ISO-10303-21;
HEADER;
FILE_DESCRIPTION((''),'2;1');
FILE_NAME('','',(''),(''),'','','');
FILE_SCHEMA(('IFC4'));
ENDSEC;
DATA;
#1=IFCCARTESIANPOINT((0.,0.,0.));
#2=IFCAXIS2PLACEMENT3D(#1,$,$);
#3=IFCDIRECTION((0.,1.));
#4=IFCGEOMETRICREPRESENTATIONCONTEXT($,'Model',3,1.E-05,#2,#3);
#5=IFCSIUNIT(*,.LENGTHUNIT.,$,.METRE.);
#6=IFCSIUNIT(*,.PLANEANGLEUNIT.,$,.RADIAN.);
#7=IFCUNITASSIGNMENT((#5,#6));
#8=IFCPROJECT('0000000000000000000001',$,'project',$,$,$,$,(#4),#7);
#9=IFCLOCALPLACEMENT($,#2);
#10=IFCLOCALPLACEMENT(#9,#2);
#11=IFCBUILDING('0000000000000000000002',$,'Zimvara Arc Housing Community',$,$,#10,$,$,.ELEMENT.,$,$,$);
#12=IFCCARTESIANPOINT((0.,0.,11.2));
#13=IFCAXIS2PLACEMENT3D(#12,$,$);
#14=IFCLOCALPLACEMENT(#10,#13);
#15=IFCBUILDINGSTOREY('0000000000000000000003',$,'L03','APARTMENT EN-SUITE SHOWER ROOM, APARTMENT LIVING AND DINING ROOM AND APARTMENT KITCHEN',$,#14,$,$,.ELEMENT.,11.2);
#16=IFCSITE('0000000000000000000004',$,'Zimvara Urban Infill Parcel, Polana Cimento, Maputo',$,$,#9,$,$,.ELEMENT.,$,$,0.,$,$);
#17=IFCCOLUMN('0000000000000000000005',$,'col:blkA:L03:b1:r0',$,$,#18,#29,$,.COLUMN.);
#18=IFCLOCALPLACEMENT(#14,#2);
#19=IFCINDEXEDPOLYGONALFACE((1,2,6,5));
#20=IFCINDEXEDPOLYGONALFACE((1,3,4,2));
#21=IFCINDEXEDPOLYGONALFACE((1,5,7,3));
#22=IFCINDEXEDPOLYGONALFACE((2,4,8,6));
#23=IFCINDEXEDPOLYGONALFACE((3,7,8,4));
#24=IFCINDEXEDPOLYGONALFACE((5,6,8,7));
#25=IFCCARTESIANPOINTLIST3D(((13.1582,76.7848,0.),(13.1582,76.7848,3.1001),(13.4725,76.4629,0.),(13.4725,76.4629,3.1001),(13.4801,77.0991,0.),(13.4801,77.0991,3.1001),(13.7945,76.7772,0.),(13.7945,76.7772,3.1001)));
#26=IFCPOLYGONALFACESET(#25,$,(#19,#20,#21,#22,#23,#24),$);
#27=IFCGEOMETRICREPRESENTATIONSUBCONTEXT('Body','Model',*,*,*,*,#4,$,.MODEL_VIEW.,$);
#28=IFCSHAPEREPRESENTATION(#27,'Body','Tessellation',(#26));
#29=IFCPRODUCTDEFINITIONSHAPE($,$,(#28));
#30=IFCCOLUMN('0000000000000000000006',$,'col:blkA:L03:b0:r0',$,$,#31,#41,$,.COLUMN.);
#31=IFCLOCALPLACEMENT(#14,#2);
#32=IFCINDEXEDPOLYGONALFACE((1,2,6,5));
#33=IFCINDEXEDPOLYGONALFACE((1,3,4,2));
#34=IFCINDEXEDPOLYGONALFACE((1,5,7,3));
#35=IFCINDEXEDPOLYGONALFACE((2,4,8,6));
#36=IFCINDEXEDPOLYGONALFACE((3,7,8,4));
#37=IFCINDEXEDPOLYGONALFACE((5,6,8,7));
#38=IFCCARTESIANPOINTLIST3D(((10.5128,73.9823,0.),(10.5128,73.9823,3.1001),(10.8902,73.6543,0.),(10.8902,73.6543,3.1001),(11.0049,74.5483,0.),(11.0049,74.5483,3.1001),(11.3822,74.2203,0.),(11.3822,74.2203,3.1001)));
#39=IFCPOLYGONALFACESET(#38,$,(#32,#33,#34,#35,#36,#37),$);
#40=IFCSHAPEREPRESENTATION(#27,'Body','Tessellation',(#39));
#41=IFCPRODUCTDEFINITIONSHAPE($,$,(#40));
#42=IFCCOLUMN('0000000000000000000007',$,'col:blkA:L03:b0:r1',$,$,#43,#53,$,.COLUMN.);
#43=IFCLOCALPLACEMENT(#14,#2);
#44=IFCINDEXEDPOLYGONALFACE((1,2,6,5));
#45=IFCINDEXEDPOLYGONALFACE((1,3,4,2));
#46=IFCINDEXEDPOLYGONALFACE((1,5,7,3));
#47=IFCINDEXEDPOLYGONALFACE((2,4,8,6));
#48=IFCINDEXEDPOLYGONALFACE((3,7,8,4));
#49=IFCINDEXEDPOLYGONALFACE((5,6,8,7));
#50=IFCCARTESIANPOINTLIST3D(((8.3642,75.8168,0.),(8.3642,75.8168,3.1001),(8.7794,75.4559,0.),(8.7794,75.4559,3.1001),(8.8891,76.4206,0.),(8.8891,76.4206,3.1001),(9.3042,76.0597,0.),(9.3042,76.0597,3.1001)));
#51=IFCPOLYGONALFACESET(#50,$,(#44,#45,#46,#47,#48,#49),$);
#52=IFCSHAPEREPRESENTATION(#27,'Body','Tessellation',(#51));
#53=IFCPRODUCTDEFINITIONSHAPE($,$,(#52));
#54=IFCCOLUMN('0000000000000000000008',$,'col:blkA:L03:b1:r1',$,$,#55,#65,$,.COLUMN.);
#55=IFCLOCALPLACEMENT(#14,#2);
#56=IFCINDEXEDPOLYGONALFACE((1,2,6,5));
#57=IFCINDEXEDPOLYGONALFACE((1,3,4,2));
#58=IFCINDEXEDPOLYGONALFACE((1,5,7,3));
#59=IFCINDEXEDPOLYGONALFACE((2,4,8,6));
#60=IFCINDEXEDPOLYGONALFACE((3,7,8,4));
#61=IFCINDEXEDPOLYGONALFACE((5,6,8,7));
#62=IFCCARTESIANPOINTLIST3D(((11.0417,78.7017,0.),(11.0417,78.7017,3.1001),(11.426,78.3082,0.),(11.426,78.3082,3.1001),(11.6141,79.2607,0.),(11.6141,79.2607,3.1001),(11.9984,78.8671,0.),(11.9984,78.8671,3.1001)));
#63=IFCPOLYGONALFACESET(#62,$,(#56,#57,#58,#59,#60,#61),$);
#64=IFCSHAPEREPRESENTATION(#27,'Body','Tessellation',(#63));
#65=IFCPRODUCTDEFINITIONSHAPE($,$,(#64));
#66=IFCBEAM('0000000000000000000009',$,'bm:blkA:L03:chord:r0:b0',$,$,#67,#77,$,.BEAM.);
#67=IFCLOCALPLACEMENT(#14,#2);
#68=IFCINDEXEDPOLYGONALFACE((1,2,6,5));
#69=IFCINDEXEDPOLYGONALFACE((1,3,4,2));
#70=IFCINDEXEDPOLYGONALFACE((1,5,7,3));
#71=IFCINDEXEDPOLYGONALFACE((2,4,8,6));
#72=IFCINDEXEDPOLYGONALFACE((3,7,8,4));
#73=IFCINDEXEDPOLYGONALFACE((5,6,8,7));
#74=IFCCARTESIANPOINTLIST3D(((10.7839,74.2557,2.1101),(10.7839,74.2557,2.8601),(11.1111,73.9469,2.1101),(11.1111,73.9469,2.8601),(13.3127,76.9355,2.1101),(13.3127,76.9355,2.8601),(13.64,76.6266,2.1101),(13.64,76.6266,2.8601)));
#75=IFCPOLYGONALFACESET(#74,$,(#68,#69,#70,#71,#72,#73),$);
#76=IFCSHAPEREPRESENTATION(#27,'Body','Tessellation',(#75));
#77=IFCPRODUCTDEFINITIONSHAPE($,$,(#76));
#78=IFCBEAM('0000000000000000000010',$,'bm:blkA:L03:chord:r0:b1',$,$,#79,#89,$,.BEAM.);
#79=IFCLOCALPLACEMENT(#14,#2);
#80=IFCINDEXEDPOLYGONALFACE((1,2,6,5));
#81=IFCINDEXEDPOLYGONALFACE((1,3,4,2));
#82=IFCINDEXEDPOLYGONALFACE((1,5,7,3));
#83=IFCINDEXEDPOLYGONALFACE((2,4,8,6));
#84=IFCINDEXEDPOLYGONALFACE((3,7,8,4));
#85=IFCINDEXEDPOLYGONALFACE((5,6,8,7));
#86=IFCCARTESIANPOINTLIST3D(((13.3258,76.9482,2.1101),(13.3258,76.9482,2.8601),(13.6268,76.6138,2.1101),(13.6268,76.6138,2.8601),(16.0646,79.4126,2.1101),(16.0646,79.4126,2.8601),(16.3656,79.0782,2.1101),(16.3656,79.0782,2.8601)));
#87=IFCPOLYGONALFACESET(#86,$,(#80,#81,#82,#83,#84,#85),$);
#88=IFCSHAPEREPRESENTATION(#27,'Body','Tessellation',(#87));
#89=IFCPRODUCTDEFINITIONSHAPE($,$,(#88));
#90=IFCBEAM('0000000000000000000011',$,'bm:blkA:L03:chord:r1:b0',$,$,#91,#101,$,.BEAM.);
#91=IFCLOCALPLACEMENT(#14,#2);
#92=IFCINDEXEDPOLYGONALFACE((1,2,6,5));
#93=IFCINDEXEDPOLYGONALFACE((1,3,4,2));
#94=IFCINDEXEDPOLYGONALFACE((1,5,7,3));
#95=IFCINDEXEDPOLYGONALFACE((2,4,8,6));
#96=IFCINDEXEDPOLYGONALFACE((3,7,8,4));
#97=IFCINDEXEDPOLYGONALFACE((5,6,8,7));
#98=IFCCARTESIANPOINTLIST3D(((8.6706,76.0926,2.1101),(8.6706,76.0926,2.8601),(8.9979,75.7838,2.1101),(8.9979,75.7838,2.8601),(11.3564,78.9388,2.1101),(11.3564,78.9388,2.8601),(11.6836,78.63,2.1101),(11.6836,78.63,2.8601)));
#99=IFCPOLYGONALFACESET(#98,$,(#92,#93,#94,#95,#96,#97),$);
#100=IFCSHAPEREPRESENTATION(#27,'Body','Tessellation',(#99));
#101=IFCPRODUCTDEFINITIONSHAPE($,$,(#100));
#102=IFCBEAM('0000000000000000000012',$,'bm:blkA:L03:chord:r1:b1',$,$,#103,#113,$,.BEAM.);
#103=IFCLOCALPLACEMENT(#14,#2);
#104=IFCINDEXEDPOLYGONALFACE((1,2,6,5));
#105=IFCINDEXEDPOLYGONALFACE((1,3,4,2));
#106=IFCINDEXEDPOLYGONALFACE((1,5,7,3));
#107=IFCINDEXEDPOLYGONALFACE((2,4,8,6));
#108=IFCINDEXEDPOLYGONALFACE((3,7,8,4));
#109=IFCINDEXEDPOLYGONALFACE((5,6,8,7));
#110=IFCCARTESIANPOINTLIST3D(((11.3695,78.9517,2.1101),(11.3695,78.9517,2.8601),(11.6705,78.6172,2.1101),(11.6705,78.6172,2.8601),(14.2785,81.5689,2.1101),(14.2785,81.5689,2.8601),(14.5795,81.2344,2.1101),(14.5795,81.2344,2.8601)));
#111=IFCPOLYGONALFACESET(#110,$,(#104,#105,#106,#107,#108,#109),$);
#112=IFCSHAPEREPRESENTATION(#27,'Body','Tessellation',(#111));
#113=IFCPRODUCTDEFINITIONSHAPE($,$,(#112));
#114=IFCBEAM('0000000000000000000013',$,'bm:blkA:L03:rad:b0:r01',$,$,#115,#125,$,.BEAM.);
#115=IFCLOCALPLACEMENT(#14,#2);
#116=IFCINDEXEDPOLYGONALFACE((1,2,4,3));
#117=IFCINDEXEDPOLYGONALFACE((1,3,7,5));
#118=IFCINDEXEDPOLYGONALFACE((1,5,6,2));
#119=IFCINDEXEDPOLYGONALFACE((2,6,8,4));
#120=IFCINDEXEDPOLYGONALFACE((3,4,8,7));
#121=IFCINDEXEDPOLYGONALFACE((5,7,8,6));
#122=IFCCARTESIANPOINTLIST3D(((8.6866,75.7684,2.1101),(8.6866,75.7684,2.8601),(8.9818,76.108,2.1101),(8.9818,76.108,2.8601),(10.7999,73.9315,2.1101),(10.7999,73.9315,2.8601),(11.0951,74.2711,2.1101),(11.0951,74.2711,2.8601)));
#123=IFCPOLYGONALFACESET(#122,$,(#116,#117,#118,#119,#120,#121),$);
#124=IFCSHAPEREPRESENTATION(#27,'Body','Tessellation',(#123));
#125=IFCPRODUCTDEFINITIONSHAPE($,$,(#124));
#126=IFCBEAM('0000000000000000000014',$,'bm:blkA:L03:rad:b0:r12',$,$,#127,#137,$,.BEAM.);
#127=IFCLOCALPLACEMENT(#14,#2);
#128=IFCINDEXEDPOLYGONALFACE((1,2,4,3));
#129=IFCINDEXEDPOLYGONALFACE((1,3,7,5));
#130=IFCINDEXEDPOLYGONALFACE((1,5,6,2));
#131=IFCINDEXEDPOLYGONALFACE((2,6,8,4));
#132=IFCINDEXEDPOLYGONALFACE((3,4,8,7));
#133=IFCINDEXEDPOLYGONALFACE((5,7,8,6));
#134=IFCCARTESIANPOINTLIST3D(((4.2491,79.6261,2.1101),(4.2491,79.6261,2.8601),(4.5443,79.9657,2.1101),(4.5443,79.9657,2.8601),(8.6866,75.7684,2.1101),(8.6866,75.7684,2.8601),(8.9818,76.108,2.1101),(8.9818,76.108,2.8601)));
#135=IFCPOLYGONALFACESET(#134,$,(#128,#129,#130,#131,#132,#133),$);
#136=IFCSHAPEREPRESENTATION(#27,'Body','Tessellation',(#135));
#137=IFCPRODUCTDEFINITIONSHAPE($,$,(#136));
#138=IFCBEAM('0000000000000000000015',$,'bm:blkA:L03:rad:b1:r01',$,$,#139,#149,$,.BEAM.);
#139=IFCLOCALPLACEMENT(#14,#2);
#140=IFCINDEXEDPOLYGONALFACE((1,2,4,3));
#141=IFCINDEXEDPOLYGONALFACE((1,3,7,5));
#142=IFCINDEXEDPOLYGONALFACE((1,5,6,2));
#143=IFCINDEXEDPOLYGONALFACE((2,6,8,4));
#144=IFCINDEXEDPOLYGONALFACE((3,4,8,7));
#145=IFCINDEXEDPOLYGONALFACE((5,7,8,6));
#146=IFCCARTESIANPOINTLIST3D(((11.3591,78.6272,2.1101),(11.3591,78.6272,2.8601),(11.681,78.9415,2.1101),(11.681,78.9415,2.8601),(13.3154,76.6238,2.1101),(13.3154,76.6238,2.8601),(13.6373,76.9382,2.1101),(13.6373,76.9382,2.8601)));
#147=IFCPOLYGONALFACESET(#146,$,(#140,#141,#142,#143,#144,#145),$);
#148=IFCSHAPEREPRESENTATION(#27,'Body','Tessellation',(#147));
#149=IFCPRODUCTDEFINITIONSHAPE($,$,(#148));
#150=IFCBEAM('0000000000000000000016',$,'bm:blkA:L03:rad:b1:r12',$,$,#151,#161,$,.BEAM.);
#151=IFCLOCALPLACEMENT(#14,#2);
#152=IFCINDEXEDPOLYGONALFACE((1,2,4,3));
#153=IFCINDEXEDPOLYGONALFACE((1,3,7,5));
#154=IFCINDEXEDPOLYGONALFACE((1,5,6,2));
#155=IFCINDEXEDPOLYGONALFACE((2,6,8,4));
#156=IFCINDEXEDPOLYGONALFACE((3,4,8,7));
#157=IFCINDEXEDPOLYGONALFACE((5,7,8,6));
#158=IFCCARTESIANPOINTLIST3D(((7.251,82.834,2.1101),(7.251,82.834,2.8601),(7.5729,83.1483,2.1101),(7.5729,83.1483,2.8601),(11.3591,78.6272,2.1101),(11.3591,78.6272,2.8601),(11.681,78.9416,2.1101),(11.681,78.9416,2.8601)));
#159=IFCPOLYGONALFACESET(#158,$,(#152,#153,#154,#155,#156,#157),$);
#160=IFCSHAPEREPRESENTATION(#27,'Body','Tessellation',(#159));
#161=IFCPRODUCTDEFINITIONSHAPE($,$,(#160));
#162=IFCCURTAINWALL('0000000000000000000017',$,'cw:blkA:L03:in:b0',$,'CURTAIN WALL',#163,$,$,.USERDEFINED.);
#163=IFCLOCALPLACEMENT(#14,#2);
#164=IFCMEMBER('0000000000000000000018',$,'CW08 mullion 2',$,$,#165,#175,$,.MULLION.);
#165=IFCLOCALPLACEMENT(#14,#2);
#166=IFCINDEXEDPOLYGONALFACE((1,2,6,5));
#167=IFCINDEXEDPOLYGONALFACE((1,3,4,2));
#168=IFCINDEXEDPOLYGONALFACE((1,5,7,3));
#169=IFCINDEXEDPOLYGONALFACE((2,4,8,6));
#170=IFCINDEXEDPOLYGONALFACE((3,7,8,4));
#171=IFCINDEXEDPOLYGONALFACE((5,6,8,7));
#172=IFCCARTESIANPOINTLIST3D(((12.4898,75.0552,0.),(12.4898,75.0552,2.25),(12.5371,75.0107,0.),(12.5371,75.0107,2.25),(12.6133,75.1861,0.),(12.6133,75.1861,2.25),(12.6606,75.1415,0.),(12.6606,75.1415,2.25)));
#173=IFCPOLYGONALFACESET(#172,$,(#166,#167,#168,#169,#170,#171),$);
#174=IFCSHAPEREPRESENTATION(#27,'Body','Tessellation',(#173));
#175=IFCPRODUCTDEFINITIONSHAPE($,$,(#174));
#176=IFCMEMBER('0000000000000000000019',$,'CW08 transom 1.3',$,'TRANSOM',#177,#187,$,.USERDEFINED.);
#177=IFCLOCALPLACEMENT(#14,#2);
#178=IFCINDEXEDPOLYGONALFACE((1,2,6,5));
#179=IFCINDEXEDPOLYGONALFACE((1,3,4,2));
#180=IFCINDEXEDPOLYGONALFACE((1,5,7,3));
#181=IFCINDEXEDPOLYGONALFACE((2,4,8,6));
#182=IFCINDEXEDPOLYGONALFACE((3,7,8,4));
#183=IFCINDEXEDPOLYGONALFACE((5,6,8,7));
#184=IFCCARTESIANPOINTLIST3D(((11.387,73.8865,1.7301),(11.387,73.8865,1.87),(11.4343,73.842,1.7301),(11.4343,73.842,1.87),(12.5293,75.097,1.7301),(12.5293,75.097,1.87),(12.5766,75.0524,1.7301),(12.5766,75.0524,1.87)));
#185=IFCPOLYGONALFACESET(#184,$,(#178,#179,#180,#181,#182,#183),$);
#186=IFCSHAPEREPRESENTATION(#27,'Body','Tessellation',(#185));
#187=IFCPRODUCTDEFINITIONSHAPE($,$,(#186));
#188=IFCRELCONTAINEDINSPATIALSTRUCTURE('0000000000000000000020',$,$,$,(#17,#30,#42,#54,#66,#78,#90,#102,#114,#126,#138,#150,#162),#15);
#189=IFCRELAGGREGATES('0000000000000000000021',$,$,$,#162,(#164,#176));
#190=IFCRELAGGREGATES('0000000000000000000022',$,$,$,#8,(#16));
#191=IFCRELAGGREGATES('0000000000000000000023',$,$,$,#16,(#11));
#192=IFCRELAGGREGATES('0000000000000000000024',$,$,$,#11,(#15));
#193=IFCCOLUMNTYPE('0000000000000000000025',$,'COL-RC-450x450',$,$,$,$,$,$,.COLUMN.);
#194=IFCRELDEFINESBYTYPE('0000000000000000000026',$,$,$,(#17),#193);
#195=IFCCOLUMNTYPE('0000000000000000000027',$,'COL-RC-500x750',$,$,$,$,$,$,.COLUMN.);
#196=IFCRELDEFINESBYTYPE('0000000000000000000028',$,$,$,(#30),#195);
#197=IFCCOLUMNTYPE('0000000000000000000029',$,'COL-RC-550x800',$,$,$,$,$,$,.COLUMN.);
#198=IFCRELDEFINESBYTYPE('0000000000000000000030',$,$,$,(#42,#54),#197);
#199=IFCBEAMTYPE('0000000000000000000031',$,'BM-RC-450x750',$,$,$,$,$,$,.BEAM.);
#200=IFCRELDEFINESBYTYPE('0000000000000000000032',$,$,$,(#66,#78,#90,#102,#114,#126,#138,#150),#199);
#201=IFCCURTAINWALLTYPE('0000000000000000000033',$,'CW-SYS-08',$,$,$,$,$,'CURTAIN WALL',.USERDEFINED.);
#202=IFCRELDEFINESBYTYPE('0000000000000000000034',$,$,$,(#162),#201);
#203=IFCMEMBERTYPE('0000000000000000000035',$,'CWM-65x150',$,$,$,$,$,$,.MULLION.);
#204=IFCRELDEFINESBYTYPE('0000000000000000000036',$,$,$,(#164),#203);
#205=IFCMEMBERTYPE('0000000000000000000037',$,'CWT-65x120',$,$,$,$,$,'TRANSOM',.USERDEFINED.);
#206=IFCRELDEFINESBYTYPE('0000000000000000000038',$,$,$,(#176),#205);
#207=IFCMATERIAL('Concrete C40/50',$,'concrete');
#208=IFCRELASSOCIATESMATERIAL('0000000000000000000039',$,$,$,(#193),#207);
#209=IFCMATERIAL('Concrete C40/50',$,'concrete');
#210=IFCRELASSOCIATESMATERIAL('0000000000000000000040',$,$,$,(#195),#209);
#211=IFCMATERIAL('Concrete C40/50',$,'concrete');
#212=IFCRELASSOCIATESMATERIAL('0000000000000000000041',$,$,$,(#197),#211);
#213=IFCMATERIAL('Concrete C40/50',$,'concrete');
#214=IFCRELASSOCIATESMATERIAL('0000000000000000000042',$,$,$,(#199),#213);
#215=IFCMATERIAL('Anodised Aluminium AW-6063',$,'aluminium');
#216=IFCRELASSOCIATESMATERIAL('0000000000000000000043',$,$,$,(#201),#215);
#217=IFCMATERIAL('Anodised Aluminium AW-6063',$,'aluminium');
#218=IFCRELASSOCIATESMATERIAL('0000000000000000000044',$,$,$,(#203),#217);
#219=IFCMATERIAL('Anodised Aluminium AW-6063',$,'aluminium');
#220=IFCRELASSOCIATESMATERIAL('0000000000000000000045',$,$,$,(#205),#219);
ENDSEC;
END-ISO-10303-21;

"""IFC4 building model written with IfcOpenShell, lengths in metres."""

from ifc_helpers import new_model, si_unit, direction, frame, origin, origin_2d, place, context, subcontext, project, spatial, rectangle, extrude, material, material_profile, profile_set, type_object, element, aggregate, save


model = new_model("IFC4")

# Units and contexts
model_context = context("Model", 3, precision=1e-05, world=origin(), true_north=direction((0.0, 1.0)))
body_context = subcontext(model_context, "Body", "Model", "MODEL_VIEW")
ifc_project = project(units=[si_unit("LENGTHUNIT", "METRE"), si_unit("PLANEANGLEUNIT", "RADIAN")], contexts=[model_context])

# Site, building, storey
site_placement = place(None, origin())
site = spatial("IfcSite", under=ifc_project, at=site_placement, Name="Zimvara Urban Infill Parcel, Polana Cimento, Maputo", CompositionType="ELEMENT", RefElevation=0.0)
building_placement = place(site_placement, origin())
building = spatial("IfcBuilding", under=site, at=building_placement, Name="Zimvara Arc Housing Community", CompositionType="ELEMENT")
storey_placement = place(building_placement, frame((0.0, 0.0, 11.2)))
storey = spatial("IfcBuildingStorey", under=building, at=storey_placement, Name="L03", Description="APARTMENT EN-SUITE SHOWER ROOM, APARTMENT LIVING AND DINING ROOM AND APARTMENT KITCHEN", CompositionType="ELEMENT", Elevation=11.2)

# Columns
ifc_material_1 = material(Name="Concrete C40/50", Category="concrete")
ifc_material_profile_1 = material_profile(ifc_material_1, rectangle(XDim=0.45, YDim=0.45, at=origin_2d()), Name="RC 450x450")
ifc_profile_set_1 = profile_set([ifc_material_profile_1], Name="Concrete C40/50")
column_type_1 = type_object("IfcColumnType", Name="COL-RC-450x450", PredefinedType="COLUMN", material=ifc_profile_set_1)
column_1_placement = place(storey_placement, frame((13.4763, 76.781, 0.0), z_axis=(0.0, 0.0, 1.0), x_axis=(-0.698665, 0.715449, 0.0)))
element("IfcColumn", 1, at=column_1_placement, inside=storey, type_object=column_type_1, Name="col:blkA:L03:b1:r0", PredefinedType="COLUMN", context=body_context, shape_type="SweptSolid", body=[
    extrude(rectangle(XDim=0.45, YDim=0.45, at=origin_2d()), origin(), (0.0, 0.0, 1.0), 3.1001),
])
ifc_material_2 = material(Name="Concrete C40/50", Category="concrete")
ifc_material_profile_2 = material_profile(ifc_material_2, rectangle(XDim=0.5, YDim=0.75, at=origin_2d()), Name="RC 500x750")
ifc_profile_set_2 = profile_set([ifc_material_profile_2], Name="Concrete C40/50")
column_type_2 = type_object("IfcColumnType", Name="COL-RC-500x750", PredefinedType="COLUMN", material=ifc_profile_set_2)
column_2_placement = place(storey_placement, frame((10.9475, 74.1013, 0.0), z_axis=(0.0, 0.0, 1.0), x_axis=(-0.75471, 0.656059, 0.0)))
element("IfcColumn", 2, at=column_2_placement, inside=storey, type_object=column_type_2, Name="col:blkA:L03:b0:r0", PredefinedType="COLUMN", context=body_context, shape_type="SweptSolid", body=[
    extrude(rectangle(XDim=0.5, YDim=0.75, at=origin_2d()), origin(), (0.0, 0.0, 1.0), 3.1001),
])
ifc_material_3 = material(Name="Concrete C40/50", Category="concrete")
ifc_material_profile_3 = material_profile(ifc_material_3, rectangle(XDim=0.55, YDim=0.8, at=origin_2d()), Name="RC 550x800")
ifc_profile_set_3 = profile_set([ifc_material_profile_3], Name="Concrete C40/50")
column_type_3 = type_object("IfcColumnType", Name="COL-RC-550x800", PredefinedType="COLUMN", material=ifc_profile_set_3)
for number, where, z_axis, x_axis, name in (
    (3, (8.8342, 75.9382, 0.0), (0.0, 0.0, 1.0), (-0.75471, 0.656059, 0.0), "col:blkA:L03:b0:r1"),
    (4, (11.52, 78.7844, 0.0), (0.0, 0.0, 1.0), (-0.698665, 0.715449, 0.0), "col:blkA:L03:b1:r1"),
):
    element("IfcColumn", number, at=place(storey_placement, frame(where, z_axis=z_axis, x_axis=x_axis)), inside=storey, type_object=column_type_3, Name=name, PredefinedType="COLUMN", context=body_context, shape_type="SweptSolid", body=[
        extrude(rectangle(XDim=0.55, YDim=0.8, at=origin_2d()), origin(), (0.0, 0.0, 1.0), 3.1001),
    ])

# Beams
ifc_material_4 = material(Name="Concrete C40/50", Category="concrete")
ifc_material_profile_4 = material_profile(ifc_material_4, rectangle(XDim=0.45, YDim=0.75, at=origin_2d()), Name="RC 450x750")
ifc_profile_set_4 = profile_set([ifc_material_profile_4], Name="Concrete C40/50")
beam_type = type_object("IfcBeamType", Name="BM-RC-450x750", PredefinedType="BEAM", material=ifc_profile_set_4)
beam_1_placement = place(storey_placement, frame((10.9475, 74.1013, 2.4851), z_axis=(0.686336, 0.727285, 0.0), x_axis=(-0.727285, 0.686336, 0.0)))
element("IfcBeam", 5, at=beam_1_placement, inside=storey, type_object=beam_type, Name="bm:blkA:L03:chord:r0:b0", PredefinedType="BEAM", context=body_context, shape_type="SweptSolid", body=[
    extrude(rectangle(XDim=0.45, YDim=0.75, at=origin_2d()), origin(), (0.0, 0.0, 1.0), 3.6846),
])
beam_2_placement = place(storey_placement, frame((13.4763, 76.781, 2.4851), z_axis=(0.743367, 0.668884, 0.0), x_axis=(-0.668884, 0.743367, 0.0)))
element("IfcBeam", 6, at=beam_2_placement, inside=storey, type_object=beam_type, Name="bm:blkA:L03:chord:r0:b1", PredefinedType="BEAM", context=body_context, shape_type="SweptSolid", body=[
    extrude(rectangle(XDim=0.45, YDim=0.75, at=origin_2d()), origin(), (0.0, 0.0, 1.0), 3.6843),
])
beam_3_placement = place(storey_placement, frame((8.8342, 75.9382, 2.4851), z_axis=(0.686316, 0.727304, 0.0), x_axis=(-0.727304, 0.686316, 0.0)))
element("IfcBeam", 7, at=beam_3_placement, inside=storey, type_object=beam_type, Name="bm:blkA:L03:chord:r1:b0", PredefinedType="BEAM", context=body_context, shape_type="SweptSolid", body=[
    extrude(rectangle(XDim=0.45, YDim=0.75, at=origin_2d()), origin(), (0.0, 0.0, 1.0), 3.9133),
])
beam_4_placement = place(storey_placement, frame((11.52, 78.7844, 2.4851), z_axis=(0.743403, 0.668844, 0.0), x_axis=(-0.668844, 0.743403, 0.0)))
element("IfcBeam", 8, at=beam_4_placement, inside=storey, type_object=beam_type, Name="bm:blkA:L03:chord:r1:b1", PredefinedType="BEAM", context=body_context, shape_type="SweptSolid", body=[
    extrude(rectangle(XDim=0.45, YDim=0.75, at=origin_2d()), origin(), (0.0, 0.0, 1.0), 3.9131),
])
beam_5_placement = place(storey_placement, frame((10.9475, 74.1013, 2.4851), z_axis=(-0.754733, 0.656032, 0.0), x_axis=(-0.656032, -0.754733, 0.0)))
element("IfcBeam", 9, at=beam_5_placement, inside=storey, type_object=beam_type, Name="bm:blkA:L03:rad:b0:r01", PredefinedType="BEAM", context=body_context, shape_type="SweptSolid", body=[
    extrude(rectangle(XDim=0.45, YDim=0.75, at=origin_2d()), origin(), (0.0, 0.0, 1.0), 2.8),
])
beam_6_placement = place(storey_placement, frame((8.8342, 75.9382, 2.4851), z_axis=(-0.754692, 0.656079, 0.0), x_axis=(-0.656079, -0.754692, 0.0)))
element("IfcBeam", 10, at=beam_6_placement, inside=storey, type_object=beam_type, Name="bm:blkA:L03:rad:b0:r12", PredefinedType="BEAM", context=body_context, shape_type="SweptSolid", body=[
    extrude(rectangle(XDim=0.45, YDim=0.75, at=origin_2d()), origin(), (0.0, 0.0, 1.0), 5.8799),
])
beam_7_placement = place(storey_placement, frame((13.4763, 76.781, 2.4851), z_axis=(-0.698643, 0.71547, 0.0), x_axis=(-0.71547, -0.698643, 0.0)))
element("IfcBeam", 11, at=beam_7_placement, inside=storey, type_object=beam_type, Name="bm:blkA:L03:rad:b1:r01", PredefinedType="BEAM", context=body_context, shape_type="SweptSolid", body=[
    extrude(rectangle(XDim=0.45, YDim=0.75, at=origin_2d()), origin(), (0.0, 0.0, 1.0), 2.8),
])
beam_8_placement = place(storey_placement, frame((11.52, 78.7844, 2.4851), z_axis=(-0.69867, 0.715444, 0.0), x_axis=(-0.715444, -0.69867, 0.0)))
element("IfcBeam", 12, at=beam_8_placement, inside=storey, type_object=beam_type, Name="bm:blkA:L03:rad:b1:r12", PredefinedType="BEAM", context=body_context, shape_type="SweptSolid", body=[
    extrude(rectangle(XDim=0.45, YDim=0.75, at=origin_2d()), origin(), (0.0, 0.0, 1.0), 5.8799),
])

# Curtain wall, members
ifc_material_5 = material(Name="Anodised Aluminium AW-6063", Category="aluminium")
curtain_wall_type = type_object("IfcCurtainWallType", Name="CW-SYS-08", ElementType="CURTAIN WALL", PredefinedType="USERDEFINED", material=ifc_material_5)
curtain_wall_placement = place(storey_placement, origin())
curtain_wall = element("IfcCurtainWall", 13, at=curtain_wall_placement, inside=storey, type_object=curtain_wall_type, Name="cw:blkA:L03:in:b0", ObjectType="CURTAIN WALL", PredefinedType="USERDEFINED")
ifc_material_6 = material(Name="Anodised Aluminium AW-6063", Category="aluminium")
ifc_material_profile_5 = material_profile(ifc_material_6, rectangle(XDim=0.0649, YDim=0.1799, at=origin_2d()), Name="ALU 65x180")
ifc_profile_set_5 = profile_set([ifc_material_profile_5], Name="Anodised Aluminium AW-6063")
member_type_1 = type_object("IfcMemberType", Name="CWM-65x150", PredefinedType="MULLION", material=ifc_profile_set_5)
member_1_placement = place(storey_placement, frame((12.5752, 75.0984, 0.0), z_axis=(0.0, 0.0, 1.0), x_axis=(-0.727293, 0.686327, 0.0)))
member_1 = element("IfcMember", 14, at=member_1_placement, type_object=member_type_1, Name="CW08 mullion 2", PredefinedType="MULLION", context=body_context, shape_type="SweptSolid", body=[
    extrude(rectangle(XDim=0.0649, YDim=0.1799, at=origin_2d()), origin(), (0.0, 0.0, 1.0), 2.25),
])
ifc_material_7 = material(Name="Anodised Aluminium AW-6063", Category="aluminium")
ifc_material_profile_6 = material_profile(ifc_material_7, rectangle(XDim=0.0649, YDim=0.1399, at=origin_2d()), Name="ALU 65x140")
ifc_profile_set_6 = profile_set([ifc_material_profile_6], Name="Anodised Aluminium AW-6063")
member_type_2 = type_object("IfcMemberType", Name="CWT-65x120", ElementType="TRANSOM", PredefinedType="USERDEFINED", material=ifc_profile_set_6)
member_2_placement = place(storey_placement, frame((11.4106, 73.8643, 1.8), z_axis=(0.686348, 0.727273, 0.0), x_axis=(-0.727273, 0.686348, 0.0)))
member_2 = element("IfcMember", 15, at=member_2_placement, type_object=member_type_2, Name="CW08 transom 1.3", ObjectType="TRANSOM", PredefinedType="USERDEFINED", context=body_context, shape_type="SweptSolid", body=[
    extrude(rectangle(XDim=0.0649, YDim=0.1399, at=origin_2d()), origin(), (0.0, 0.0, 1.0), 1.6643),
])
aggregate(curtain_wall, [member_1, member_2])

save(model, "model.ifc")
